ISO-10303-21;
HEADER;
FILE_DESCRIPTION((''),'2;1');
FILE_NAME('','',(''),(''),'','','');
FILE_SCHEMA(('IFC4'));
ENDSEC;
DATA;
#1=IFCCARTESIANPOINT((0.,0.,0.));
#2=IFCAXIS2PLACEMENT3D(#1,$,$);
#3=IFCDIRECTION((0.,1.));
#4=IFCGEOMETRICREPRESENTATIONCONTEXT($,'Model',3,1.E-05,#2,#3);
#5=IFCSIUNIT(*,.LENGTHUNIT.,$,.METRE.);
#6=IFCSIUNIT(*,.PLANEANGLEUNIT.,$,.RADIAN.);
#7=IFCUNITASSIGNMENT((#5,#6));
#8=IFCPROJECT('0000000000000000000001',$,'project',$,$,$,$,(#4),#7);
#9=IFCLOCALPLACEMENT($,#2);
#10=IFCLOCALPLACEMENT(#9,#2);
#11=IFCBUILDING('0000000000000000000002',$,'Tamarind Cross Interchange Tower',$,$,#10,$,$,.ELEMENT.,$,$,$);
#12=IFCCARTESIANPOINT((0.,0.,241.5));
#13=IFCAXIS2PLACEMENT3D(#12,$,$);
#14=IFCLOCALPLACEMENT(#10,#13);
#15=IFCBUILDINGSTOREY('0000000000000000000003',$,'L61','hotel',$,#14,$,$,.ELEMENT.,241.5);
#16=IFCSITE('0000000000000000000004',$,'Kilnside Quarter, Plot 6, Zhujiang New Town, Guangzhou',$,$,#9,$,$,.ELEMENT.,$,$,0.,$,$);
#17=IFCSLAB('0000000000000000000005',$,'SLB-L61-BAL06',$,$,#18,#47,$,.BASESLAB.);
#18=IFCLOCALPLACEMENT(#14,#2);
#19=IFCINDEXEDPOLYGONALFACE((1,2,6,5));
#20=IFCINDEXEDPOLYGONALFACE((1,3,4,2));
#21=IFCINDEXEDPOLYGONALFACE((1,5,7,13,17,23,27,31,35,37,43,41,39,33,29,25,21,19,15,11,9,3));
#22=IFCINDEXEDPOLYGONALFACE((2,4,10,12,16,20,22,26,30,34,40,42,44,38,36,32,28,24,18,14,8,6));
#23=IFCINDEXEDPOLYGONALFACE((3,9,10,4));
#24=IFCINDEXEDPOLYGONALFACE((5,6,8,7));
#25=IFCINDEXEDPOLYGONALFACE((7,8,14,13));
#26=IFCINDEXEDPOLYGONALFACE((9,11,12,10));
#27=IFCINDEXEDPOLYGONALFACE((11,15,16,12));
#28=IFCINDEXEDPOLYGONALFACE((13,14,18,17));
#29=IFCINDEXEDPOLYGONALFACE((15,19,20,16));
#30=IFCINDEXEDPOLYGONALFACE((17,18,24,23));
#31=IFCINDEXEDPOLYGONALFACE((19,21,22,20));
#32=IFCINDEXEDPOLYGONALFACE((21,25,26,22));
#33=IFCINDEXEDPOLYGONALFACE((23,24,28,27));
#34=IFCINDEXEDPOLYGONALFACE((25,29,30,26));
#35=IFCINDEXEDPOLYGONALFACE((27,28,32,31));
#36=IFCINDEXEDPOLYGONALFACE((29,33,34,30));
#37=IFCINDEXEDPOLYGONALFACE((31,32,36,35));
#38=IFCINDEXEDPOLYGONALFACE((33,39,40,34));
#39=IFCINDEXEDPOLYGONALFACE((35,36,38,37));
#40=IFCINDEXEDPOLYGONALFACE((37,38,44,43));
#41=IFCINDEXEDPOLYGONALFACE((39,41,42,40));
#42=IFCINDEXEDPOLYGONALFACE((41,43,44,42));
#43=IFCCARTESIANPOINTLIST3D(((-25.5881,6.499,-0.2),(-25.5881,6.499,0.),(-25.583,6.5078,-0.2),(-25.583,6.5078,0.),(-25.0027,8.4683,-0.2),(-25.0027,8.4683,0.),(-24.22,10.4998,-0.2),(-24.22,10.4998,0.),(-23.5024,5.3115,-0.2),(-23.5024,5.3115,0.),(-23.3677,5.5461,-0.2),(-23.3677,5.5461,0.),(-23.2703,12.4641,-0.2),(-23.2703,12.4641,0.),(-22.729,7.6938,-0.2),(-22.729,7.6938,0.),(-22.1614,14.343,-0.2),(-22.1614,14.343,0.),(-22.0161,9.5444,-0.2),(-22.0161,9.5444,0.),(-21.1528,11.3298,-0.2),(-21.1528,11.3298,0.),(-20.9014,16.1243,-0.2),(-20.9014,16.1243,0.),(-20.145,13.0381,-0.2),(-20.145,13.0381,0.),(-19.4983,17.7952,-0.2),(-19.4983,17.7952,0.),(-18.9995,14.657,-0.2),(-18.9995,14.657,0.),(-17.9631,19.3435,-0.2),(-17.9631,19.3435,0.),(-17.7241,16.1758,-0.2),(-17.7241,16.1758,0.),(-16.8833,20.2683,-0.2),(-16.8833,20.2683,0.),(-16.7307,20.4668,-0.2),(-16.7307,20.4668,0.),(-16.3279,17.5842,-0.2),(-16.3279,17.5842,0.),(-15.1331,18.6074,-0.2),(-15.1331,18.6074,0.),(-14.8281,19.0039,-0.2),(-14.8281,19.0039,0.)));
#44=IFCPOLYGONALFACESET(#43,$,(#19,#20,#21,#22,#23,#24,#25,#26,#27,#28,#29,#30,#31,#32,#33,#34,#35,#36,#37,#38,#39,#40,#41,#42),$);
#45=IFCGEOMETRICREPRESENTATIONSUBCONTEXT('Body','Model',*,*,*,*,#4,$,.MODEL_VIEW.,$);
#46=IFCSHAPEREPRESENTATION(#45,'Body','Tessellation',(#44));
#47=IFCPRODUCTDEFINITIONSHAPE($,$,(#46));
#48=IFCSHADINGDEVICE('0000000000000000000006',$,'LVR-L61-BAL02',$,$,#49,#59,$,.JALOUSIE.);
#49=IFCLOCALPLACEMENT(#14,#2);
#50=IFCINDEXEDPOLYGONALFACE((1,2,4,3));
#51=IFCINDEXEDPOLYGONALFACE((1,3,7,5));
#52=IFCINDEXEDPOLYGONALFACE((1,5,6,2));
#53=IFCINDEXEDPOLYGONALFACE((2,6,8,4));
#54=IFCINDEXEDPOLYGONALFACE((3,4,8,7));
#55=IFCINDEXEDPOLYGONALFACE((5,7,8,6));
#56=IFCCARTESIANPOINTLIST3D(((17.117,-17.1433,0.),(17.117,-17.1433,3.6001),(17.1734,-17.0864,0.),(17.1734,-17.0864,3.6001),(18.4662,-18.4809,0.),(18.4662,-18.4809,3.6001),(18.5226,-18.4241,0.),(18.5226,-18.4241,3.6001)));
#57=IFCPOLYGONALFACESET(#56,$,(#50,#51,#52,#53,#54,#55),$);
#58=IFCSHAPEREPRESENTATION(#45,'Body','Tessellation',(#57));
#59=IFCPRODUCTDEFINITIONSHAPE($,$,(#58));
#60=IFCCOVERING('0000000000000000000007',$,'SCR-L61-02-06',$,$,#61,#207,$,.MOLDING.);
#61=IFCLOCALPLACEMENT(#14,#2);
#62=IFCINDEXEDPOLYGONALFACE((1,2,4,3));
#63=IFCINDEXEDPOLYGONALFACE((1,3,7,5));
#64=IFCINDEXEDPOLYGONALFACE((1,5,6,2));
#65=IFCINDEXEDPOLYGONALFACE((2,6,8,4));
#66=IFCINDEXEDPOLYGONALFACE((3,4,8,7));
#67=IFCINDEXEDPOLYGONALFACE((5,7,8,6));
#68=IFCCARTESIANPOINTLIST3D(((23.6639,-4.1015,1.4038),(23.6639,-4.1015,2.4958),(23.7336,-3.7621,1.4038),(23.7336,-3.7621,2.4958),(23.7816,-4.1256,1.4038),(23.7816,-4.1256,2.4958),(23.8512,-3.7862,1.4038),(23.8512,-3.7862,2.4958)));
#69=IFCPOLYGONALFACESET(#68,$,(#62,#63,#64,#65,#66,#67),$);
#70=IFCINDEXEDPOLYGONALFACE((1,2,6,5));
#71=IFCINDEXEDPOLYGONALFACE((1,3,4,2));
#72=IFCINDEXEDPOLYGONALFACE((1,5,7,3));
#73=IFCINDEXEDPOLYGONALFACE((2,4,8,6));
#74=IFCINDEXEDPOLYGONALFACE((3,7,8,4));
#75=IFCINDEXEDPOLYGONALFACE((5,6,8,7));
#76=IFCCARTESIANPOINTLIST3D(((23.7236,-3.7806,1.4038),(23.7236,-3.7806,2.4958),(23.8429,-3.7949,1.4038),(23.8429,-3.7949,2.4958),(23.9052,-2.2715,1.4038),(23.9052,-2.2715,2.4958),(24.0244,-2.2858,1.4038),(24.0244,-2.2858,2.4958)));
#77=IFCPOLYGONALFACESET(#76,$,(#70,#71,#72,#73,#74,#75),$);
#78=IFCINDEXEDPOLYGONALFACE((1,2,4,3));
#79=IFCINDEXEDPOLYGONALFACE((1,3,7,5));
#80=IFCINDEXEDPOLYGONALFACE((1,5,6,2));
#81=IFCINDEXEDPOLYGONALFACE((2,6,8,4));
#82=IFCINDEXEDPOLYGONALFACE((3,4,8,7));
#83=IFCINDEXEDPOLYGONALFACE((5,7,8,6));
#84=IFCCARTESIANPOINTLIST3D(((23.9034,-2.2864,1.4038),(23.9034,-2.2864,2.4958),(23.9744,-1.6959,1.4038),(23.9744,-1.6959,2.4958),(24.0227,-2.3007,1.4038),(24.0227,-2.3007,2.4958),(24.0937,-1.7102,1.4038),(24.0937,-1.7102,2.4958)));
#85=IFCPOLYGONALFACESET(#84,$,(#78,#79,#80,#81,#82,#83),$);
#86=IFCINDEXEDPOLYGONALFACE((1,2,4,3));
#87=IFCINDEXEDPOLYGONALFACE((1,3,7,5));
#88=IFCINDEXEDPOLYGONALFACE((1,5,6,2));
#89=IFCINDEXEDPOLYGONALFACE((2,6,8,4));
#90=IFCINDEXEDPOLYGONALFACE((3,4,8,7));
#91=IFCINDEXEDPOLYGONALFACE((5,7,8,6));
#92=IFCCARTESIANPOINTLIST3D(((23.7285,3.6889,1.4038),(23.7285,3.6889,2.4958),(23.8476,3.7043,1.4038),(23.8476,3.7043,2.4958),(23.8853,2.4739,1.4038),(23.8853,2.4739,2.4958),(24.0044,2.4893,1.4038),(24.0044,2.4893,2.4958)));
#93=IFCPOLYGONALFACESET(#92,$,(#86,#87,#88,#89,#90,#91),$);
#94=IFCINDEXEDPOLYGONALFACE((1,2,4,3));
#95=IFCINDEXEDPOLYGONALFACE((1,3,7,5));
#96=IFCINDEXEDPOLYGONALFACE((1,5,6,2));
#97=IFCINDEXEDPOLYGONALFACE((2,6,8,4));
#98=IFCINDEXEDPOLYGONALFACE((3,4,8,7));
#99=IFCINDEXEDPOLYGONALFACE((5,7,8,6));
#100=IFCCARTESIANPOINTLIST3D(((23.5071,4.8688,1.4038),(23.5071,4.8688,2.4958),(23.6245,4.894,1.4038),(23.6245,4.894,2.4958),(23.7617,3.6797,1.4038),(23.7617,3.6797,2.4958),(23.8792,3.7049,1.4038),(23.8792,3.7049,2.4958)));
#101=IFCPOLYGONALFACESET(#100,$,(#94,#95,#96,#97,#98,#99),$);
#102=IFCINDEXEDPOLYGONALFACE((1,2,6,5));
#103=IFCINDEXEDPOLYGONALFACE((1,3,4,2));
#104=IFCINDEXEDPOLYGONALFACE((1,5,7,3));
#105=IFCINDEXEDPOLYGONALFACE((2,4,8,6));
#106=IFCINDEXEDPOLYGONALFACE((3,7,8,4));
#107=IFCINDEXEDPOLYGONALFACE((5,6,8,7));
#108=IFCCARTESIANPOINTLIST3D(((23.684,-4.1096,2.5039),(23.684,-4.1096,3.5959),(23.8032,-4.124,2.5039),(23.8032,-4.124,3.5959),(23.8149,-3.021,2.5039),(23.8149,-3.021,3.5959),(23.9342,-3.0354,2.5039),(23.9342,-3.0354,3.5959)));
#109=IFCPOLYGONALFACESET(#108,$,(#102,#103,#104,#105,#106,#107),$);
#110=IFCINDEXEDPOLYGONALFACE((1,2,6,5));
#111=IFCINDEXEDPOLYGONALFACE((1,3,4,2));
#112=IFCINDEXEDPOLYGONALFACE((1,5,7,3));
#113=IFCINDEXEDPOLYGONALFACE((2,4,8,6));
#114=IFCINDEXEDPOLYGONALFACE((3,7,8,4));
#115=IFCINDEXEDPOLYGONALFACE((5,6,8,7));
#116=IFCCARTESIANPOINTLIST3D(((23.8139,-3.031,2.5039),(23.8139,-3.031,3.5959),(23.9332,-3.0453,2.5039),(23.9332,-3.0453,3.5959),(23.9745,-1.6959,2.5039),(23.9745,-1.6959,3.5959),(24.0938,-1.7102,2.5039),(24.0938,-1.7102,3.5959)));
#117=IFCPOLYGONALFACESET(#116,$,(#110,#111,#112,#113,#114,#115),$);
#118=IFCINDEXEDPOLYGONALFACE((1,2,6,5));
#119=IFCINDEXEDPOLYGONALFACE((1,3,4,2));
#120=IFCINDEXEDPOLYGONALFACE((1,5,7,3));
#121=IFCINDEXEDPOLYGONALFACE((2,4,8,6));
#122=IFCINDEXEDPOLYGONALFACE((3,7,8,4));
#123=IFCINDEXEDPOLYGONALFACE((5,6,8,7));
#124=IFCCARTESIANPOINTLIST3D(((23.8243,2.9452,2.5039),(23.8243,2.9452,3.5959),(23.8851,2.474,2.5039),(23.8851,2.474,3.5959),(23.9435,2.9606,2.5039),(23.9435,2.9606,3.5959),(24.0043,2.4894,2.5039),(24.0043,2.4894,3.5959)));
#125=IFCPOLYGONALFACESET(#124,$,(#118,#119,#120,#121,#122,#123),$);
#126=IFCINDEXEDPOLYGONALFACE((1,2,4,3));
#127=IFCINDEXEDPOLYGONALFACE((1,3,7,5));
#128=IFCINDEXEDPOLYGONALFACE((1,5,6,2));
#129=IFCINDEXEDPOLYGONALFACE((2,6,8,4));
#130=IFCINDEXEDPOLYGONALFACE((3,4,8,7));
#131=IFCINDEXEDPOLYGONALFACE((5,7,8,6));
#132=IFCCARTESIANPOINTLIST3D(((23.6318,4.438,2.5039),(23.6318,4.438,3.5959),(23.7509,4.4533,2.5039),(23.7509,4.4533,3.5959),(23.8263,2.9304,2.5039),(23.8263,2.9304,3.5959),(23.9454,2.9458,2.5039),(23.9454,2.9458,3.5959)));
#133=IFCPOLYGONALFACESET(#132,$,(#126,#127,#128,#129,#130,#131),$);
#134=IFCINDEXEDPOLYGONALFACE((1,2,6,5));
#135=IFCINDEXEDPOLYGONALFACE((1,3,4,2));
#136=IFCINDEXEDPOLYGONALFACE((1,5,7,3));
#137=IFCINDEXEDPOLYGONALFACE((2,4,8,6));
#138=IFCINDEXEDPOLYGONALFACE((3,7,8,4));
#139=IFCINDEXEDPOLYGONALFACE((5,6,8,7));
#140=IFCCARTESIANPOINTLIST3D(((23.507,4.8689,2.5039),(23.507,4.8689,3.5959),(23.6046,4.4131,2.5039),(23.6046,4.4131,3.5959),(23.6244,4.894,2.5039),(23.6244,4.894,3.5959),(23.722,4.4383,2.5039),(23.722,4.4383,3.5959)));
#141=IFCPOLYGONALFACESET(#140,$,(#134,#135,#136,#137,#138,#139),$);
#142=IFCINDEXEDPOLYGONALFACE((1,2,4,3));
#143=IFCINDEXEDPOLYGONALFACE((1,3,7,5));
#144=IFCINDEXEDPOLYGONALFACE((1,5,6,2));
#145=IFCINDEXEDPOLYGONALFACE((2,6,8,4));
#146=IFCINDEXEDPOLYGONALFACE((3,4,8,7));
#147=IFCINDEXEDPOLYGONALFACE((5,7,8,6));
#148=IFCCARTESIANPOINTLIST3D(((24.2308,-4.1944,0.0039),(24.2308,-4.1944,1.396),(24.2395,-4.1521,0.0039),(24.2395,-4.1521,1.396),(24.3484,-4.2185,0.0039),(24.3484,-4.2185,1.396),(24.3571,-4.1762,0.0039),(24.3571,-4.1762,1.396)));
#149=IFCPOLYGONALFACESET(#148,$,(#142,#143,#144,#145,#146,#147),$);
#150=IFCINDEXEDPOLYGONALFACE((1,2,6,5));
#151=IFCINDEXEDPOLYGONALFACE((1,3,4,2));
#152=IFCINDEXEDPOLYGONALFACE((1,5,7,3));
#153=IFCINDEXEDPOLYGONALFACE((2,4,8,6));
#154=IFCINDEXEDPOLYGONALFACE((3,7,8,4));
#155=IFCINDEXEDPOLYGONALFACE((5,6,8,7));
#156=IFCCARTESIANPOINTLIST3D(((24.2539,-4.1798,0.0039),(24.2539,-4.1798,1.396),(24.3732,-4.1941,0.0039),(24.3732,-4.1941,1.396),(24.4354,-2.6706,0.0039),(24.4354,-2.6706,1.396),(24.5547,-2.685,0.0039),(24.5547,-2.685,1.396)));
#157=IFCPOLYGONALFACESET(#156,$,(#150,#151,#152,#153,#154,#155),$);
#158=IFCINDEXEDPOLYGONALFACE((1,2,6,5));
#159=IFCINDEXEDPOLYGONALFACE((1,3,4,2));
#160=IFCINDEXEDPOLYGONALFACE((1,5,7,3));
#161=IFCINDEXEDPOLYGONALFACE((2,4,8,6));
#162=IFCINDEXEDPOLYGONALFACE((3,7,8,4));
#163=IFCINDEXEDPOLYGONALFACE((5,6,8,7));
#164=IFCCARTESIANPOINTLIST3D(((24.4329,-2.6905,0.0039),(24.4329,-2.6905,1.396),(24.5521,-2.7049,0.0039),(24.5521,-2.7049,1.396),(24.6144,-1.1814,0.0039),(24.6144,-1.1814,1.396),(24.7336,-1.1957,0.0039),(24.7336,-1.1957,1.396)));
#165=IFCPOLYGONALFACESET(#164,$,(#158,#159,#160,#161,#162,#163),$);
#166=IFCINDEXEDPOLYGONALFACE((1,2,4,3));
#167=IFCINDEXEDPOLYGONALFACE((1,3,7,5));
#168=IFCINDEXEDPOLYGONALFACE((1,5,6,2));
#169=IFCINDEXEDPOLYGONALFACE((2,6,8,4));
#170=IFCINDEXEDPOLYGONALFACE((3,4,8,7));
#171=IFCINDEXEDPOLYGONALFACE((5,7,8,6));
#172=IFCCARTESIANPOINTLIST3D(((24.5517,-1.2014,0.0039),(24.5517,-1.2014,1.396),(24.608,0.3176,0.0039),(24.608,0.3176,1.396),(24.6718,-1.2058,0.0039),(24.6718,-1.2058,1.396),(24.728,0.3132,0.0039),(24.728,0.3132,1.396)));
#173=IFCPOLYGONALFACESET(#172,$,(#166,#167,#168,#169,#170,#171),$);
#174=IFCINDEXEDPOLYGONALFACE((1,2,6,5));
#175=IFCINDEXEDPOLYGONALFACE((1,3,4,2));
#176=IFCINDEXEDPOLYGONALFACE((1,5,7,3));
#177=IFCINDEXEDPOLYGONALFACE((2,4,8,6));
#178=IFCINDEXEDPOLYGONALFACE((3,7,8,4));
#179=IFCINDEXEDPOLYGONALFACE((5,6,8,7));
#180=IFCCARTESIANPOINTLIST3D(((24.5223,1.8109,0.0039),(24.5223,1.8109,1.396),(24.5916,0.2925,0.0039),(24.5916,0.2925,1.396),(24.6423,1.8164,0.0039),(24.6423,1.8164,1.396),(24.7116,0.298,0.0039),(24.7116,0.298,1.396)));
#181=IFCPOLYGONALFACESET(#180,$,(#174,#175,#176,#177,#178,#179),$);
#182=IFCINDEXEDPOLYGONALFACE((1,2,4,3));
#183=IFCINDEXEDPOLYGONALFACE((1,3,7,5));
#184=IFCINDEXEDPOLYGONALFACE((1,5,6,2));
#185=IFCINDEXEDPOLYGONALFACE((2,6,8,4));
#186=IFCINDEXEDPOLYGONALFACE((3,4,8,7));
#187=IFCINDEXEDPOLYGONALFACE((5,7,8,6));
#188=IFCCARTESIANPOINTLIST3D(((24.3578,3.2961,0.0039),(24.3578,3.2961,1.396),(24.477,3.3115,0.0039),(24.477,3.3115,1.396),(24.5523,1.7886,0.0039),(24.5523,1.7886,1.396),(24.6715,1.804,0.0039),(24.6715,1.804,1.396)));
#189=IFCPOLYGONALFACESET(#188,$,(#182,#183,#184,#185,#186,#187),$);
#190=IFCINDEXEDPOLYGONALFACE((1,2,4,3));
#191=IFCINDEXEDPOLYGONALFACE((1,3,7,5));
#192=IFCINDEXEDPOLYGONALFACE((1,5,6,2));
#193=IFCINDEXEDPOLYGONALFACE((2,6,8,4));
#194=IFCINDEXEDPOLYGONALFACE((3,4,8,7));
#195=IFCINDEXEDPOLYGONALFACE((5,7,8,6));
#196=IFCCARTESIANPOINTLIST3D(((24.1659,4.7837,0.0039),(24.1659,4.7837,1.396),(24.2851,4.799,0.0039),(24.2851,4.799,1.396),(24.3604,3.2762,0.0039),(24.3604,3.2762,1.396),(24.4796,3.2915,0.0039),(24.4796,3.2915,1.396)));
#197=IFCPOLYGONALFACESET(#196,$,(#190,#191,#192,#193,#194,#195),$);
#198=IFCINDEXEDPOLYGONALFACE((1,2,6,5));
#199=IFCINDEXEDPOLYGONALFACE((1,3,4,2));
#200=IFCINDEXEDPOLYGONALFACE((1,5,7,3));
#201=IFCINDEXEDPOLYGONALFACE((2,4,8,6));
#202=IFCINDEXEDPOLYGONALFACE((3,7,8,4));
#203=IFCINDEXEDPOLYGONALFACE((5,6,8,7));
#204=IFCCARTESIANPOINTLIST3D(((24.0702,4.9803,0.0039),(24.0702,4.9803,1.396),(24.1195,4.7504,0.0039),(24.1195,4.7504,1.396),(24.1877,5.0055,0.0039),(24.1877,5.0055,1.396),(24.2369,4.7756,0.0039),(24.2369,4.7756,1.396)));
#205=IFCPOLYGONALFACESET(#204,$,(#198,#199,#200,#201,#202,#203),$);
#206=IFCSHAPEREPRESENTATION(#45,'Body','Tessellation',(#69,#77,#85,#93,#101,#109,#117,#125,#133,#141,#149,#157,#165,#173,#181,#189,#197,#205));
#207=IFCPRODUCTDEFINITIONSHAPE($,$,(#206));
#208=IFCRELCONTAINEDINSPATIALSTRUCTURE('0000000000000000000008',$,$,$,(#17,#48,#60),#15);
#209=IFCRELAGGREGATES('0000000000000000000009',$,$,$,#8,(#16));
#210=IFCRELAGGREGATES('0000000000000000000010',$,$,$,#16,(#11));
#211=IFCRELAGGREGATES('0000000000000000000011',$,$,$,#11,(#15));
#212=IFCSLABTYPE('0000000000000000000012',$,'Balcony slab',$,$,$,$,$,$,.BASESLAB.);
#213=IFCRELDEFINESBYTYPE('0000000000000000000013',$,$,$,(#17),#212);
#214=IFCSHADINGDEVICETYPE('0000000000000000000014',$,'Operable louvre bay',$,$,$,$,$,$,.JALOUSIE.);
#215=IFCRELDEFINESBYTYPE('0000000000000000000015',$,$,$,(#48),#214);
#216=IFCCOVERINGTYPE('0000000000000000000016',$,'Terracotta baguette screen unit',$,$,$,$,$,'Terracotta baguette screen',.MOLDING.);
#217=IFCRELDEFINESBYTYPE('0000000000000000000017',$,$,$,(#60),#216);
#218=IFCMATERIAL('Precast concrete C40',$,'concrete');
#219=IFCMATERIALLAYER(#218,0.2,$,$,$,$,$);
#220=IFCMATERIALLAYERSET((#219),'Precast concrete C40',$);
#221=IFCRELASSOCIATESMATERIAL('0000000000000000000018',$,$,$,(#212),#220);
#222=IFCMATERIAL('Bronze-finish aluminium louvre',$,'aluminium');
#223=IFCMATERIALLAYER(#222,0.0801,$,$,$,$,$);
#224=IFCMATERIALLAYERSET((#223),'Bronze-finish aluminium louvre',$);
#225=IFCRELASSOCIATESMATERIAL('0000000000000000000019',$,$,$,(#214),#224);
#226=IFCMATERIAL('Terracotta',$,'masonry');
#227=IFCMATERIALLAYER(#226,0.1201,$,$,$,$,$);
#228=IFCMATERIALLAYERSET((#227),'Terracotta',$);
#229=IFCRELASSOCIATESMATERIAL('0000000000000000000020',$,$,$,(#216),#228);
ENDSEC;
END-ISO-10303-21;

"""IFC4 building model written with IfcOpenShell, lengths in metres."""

from ifc_helpers import new_model, si_unit, direction, frame, origin, origin_2d, place, context, subcontext, project, spatial, polyline, rectangle, outline, extrude, material, layer, layer_set, type_object, element, save


model = new_model("IFC4")

# Units and contexts
model_context = context("Model", 3, precision=1e-05, world=origin(), true_north=direction((0.0, 1.0)))
body_context = subcontext(model_context, "Body", "Model", "MODEL_VIEW")
ifc_project = project(units=[si_unit("LENGTHUNIT", "METRE"), si_unit("PLANEANGLEUNIT", "RADIAN")], contexts=[model_context])

# Site, building, storey
site_placement = place(None, origin())
site = spatial("IfcSite", under=ifc_project, at=site_placement, Name="Kilnside Quarter, Plot 6, Zhujiang New Town, Guangzhou", CompositionType="ELEMENT", RefElevation=0.0)
building_placement = place(site_placement, origin())
building = spatial("IfcBuilding", under=site, at=building_placement, Name="Tamarind Cross Interchange Tower", CompositionType="ELEMENT")
storey_placement = place(building_placement, frame((0.0, 0.0, 241.5)))
storey = spatial("IfcBuildingStorey", under=building, at=storey_placement, Name="L61", Description="hotel", CompositionType="ELEMENT", Elevation=241.5)

# Slab
ifc_material_1 = material(Name="Precast concrete C40", Category="concrete")
ifc_layer_1 = layer(ifc_material_1, 0.2)
ifc_layer_set_1 = layer_set([ifc_layer_1], Name="Precast concrete C40")
slab_type = type_object("IfcSlabType", Name="Balcony slab", PredefinedType="BASESLAB", material=ifc_layer_set_1)
slab_1_placement = place(storey_placement, frame((0.0, 0.0, -0.2)))
element("IfcSlab", 1, at=slab_1_placement, inside=storey, type_object=slab_type, Name="SLB-L61-BAL06", PredefinedType="BASESLAB", context=body_context, shape_type="SweptSolid", body=[
    extrude(outline(polyline([(-14.8281, 19.0039), (-15.1331, 18.6074), (-16.3279, 17.5842), (-17.7241, 16.1758), (-18.9995, 14.657), (-20.145, 13.0381), (-21.1528, 11.3298), (-22.0161, 9.5444), (-22.729, 7.6938), (-23.3677, 5.5461), (-23.5024, 5.3115), (-25.583, 6.5078), (-25.5881, 6.499), (-25.0027, 8.4683), (-24.22, 10.4998), (-23.2703, 12.4641), (-22.1614, 14.343), (-20.9014, 16.1243), (-19.4983, 17.7952), (-17.9631, 19.3435), (-16.8833, 20.2683), (-16.7307, 20.4668), (-14.8281, 19.0039)])), origin(), (0.0, 0.0, 1.0), 0.2),
])

# Shading device
ifc_material_2 = material(Name="Bronze-finish aluminium louvre", Category="aluminium")
ifc_layer_2 = layer(ifc_material_2, 0.0801)
ifc_layer_set_2 = layer_set([ifc_layer_2], Name="Bronze-finish aluminium louvre")
shading_device_type = type_object("IfcShadingDeviceType", Name="Operable louvre bay", PredefinedType="JALOUSIE", material=ifc_layer_set_2)
shading_device_placement = place(storey_placement, origin())
element("IfcShadingDevice", 2, at=shading_device_placement, inside=storey, type_object=shading_device_type, Name="LVR-L61-BAL02", PredefinedType="JALOUSIE", context=body_context, shape_type="SweptSolid", body=[
    extrude(rectangle(XDim=1.8999, YDim=0.0801, at=origin_2d()), frame((17.8198, -17.7837, 0.0), z_axis=(0.0, 0.0, 1.0), x_axis=(0.710143, -0.704057, 0.0)), (0.0, 0.0, 1.0), 3.6001),
])

# Covering
ifc_material_3 = material(Name="Terracotta", Category="masonry")
ifc_layer_3 = layer(ifc_material_3, 0.1201)
ifc_layer_set_3 = layer_set([ifc_layer_3], Name="Terracotta")
covering_type = type_object("IfcCoveringType", Name="Terracotta baguette screen unit", ElementType="Terracotta baguette screen", PredefinedType="MOLDING", material=ifc_layer_set_3)
covering_1_placement = place(storey_placement, origin())
element("IfcCovering", 3, at=covering_1_placement, inside=storey, type_object=covering_type, Name="SCR-L61-02-06", PredefinedType="MOLDING", context=body_context, shape_type="SweptSolid", body=[
    extrude(rectangle(XDim=0.3464, YDim=0.1201, at=origin_2d()), frame((23.7576, -3.9438, 1.4038), z_axis=(0.0, 0.0, 1.0), x_axis=(0.201001, 0.979591, 0.0)), (0.0, 0.0, 1.0), 1.092),
    extrude(rectangle(XDim=1.52, YDim=0.1201, at=origin_2d()), frame((23.874, -3.0332, 1.4038), z_axis=(0.0, 0.0, 1.0), x_axis=(0.119421, 0.992844, 0.0)), (0.0, 0.0, 1.0), 1.092),
    extrude(rectangle(XDim=0.5947, YDim=0.1201, at=origin_2d()), frame((23.9985, -1.9983, 1.4038), z_axis=(0.0, 0.0, 1.0), x_axis=(0.119421, 0.992844, 0.0)), (0.0, 0.0, 1.0), 1.092),
    extrude(rectangle(XDim=1.2251, YDim=0.1201, at=origin_2d()), frame((23.8665, 3.0891, 1.4038), z_axis=(0.0, 0.0, 1.0), x_axis=(-0.127962, 0.991779, 0.0)), (0.0, 0.0, 1.0), 1.092),
    extrude(rectangle(XDim=1.2161, YDim=0.1201, at=origin_2d()), frame((23.6931, 4.2869, 1.4038), z_axis=(0.0, 0.0, 1.0), x_axis=(-0.209425, 0.977825, 0.0)), (0.0, 0.0, 1.0), 1.092),
    extrude(rectangle(XDim=1.0964, YDim=0.1201, at=origin_2d()), frame((23.8091, -3.5725, 2.5039), z_axis=(0.0, 0.0, 1.0), x_axis=(0.119421, 0.992844, 0.0)), (0.0, 0.0, 1.0), 1.092),
    extrude(rectangle(XDim=1.3447, YDim=0.1201, at=origin_2d()), frame((23.9539, -2.3706, 2.5039), z_axis=(0.0, 0.0, 1.0), x_axis=(0.119421, 0.992844, 0.0)), (0.0, 0.0, 1.0), 1.092),
    extrude(rectangle(XDim=0.4751, YDim=0.1201, at=origin_2d()), frame((23.9143, 2.7173, 2.5039), z_axis=(0.0, 0.0, 1.0), x_axis=(-0.127962, 0.991779, 0.0)), (0.0, 0.0, 1.0), 1.092),
    extrude(rectangle(XDim=1.52, YDim=0.1201, at=origin_2d()), frame((23.7886, 3.6919, 2.5039), z_axis=(0.0, 0.0, 1.0), x_axis=(-0.127962, 0.991779, 0.0)), (0.0, 0.0, 1.0), 1.092),
    extrude(rectangle(XDim=0.4661, YDim=0.1201, at=origin_2d()), frame((23.6145, 4.6536, 2.5039), z_axis=(0.0, 0.0, 1.0), x_axis=(-0.209425, 0.977825, 0.0)), (0.0, 0.0, 1.0), 1.092),
    extrude(rectangle(XDim=0.0432, YDim=0.1201, at=origin_2d()), frame((24.2939, -4.1853, 0.0039), z_axis=(0.0, 0.0, 1.0), x_axis=(0.201001, 0.979591, 0.0)), (0.0, 0.0, 1.0), 1.3921),
    extrude(rectangle(XDim=1.52, YDim=0.1201, at=origin_2d()), frame((24.4043, -3.4324, 0.0039), z_axis=(0.0, 0.0, 1.0), x_axis=(0.119421, 0.992844, 0.0)), (0.0, 0.0, 1.0), 1.3921),
    extrude(rectangle(XDim=1.52, YDim=0.1201, at=origin_2d()), frame((24.5833, -1.9431, 0.0039), z_axis=(0.0, 0.0, 1.0), x_axis=(0.119421, 0.992844, 0.0)), (0.0, 0.0, 1.0), 1.3921),
    extrude(rectangle(XDim=1.52, YDim=0.1201, at=origin_2d()), frame((24.6399, -0.4441, 0.0039), z_axis=(0.0, 0.0, 1.0), x_axis=(0.037025, 0.999314, 0.0)), (0.0, 0.0, 1.0), 1.3921),
    extrude(rectangle(XDim=1.52, YDim=0.1201, at=origin_2d()), frame((24.6169, 1.0544, 0.0039), z_axis=(0.0, 0.0, 1.0), x_axis=(-0.045624, 0.998959, 0.0)), (0.0, 0.0, 1.0), 1.3921),
    extrude(rectangle(XDim=1.52, YDim=0.1201, at=origin_2d()), frame((24.5146, 2.55, 0.0039), z_axis=(0.0, 0.0, 1.0), x_axis=(-0.127962, 0.991779, 0.0)), (0.0, 0.0, 1.0), 1.3921),
    extrude(rectangle(XDim=1.52, YDim=0.1201, at=origin_2d()), frame((24.3228, 4.0376, 0.0039), z_axis=(0.0, 0.0, 1.0), x_axis=(-0.127962, 0.991779, 0.0)), (0.0, 0.0, 1.0), 1.3921),
    extrude(rectangle(XDim=0.2351, YDim=0.1201, at=origin_2d()), frame((24.1536, 4.8779, 0.0039), z_axis=(0.0, 0.0, 1.0), x_axis=(-0.209425, 0.977825, 0.0)), (0.0, 0.0, 1.0), 1.3921),
])

save(model, "model.ifc")
